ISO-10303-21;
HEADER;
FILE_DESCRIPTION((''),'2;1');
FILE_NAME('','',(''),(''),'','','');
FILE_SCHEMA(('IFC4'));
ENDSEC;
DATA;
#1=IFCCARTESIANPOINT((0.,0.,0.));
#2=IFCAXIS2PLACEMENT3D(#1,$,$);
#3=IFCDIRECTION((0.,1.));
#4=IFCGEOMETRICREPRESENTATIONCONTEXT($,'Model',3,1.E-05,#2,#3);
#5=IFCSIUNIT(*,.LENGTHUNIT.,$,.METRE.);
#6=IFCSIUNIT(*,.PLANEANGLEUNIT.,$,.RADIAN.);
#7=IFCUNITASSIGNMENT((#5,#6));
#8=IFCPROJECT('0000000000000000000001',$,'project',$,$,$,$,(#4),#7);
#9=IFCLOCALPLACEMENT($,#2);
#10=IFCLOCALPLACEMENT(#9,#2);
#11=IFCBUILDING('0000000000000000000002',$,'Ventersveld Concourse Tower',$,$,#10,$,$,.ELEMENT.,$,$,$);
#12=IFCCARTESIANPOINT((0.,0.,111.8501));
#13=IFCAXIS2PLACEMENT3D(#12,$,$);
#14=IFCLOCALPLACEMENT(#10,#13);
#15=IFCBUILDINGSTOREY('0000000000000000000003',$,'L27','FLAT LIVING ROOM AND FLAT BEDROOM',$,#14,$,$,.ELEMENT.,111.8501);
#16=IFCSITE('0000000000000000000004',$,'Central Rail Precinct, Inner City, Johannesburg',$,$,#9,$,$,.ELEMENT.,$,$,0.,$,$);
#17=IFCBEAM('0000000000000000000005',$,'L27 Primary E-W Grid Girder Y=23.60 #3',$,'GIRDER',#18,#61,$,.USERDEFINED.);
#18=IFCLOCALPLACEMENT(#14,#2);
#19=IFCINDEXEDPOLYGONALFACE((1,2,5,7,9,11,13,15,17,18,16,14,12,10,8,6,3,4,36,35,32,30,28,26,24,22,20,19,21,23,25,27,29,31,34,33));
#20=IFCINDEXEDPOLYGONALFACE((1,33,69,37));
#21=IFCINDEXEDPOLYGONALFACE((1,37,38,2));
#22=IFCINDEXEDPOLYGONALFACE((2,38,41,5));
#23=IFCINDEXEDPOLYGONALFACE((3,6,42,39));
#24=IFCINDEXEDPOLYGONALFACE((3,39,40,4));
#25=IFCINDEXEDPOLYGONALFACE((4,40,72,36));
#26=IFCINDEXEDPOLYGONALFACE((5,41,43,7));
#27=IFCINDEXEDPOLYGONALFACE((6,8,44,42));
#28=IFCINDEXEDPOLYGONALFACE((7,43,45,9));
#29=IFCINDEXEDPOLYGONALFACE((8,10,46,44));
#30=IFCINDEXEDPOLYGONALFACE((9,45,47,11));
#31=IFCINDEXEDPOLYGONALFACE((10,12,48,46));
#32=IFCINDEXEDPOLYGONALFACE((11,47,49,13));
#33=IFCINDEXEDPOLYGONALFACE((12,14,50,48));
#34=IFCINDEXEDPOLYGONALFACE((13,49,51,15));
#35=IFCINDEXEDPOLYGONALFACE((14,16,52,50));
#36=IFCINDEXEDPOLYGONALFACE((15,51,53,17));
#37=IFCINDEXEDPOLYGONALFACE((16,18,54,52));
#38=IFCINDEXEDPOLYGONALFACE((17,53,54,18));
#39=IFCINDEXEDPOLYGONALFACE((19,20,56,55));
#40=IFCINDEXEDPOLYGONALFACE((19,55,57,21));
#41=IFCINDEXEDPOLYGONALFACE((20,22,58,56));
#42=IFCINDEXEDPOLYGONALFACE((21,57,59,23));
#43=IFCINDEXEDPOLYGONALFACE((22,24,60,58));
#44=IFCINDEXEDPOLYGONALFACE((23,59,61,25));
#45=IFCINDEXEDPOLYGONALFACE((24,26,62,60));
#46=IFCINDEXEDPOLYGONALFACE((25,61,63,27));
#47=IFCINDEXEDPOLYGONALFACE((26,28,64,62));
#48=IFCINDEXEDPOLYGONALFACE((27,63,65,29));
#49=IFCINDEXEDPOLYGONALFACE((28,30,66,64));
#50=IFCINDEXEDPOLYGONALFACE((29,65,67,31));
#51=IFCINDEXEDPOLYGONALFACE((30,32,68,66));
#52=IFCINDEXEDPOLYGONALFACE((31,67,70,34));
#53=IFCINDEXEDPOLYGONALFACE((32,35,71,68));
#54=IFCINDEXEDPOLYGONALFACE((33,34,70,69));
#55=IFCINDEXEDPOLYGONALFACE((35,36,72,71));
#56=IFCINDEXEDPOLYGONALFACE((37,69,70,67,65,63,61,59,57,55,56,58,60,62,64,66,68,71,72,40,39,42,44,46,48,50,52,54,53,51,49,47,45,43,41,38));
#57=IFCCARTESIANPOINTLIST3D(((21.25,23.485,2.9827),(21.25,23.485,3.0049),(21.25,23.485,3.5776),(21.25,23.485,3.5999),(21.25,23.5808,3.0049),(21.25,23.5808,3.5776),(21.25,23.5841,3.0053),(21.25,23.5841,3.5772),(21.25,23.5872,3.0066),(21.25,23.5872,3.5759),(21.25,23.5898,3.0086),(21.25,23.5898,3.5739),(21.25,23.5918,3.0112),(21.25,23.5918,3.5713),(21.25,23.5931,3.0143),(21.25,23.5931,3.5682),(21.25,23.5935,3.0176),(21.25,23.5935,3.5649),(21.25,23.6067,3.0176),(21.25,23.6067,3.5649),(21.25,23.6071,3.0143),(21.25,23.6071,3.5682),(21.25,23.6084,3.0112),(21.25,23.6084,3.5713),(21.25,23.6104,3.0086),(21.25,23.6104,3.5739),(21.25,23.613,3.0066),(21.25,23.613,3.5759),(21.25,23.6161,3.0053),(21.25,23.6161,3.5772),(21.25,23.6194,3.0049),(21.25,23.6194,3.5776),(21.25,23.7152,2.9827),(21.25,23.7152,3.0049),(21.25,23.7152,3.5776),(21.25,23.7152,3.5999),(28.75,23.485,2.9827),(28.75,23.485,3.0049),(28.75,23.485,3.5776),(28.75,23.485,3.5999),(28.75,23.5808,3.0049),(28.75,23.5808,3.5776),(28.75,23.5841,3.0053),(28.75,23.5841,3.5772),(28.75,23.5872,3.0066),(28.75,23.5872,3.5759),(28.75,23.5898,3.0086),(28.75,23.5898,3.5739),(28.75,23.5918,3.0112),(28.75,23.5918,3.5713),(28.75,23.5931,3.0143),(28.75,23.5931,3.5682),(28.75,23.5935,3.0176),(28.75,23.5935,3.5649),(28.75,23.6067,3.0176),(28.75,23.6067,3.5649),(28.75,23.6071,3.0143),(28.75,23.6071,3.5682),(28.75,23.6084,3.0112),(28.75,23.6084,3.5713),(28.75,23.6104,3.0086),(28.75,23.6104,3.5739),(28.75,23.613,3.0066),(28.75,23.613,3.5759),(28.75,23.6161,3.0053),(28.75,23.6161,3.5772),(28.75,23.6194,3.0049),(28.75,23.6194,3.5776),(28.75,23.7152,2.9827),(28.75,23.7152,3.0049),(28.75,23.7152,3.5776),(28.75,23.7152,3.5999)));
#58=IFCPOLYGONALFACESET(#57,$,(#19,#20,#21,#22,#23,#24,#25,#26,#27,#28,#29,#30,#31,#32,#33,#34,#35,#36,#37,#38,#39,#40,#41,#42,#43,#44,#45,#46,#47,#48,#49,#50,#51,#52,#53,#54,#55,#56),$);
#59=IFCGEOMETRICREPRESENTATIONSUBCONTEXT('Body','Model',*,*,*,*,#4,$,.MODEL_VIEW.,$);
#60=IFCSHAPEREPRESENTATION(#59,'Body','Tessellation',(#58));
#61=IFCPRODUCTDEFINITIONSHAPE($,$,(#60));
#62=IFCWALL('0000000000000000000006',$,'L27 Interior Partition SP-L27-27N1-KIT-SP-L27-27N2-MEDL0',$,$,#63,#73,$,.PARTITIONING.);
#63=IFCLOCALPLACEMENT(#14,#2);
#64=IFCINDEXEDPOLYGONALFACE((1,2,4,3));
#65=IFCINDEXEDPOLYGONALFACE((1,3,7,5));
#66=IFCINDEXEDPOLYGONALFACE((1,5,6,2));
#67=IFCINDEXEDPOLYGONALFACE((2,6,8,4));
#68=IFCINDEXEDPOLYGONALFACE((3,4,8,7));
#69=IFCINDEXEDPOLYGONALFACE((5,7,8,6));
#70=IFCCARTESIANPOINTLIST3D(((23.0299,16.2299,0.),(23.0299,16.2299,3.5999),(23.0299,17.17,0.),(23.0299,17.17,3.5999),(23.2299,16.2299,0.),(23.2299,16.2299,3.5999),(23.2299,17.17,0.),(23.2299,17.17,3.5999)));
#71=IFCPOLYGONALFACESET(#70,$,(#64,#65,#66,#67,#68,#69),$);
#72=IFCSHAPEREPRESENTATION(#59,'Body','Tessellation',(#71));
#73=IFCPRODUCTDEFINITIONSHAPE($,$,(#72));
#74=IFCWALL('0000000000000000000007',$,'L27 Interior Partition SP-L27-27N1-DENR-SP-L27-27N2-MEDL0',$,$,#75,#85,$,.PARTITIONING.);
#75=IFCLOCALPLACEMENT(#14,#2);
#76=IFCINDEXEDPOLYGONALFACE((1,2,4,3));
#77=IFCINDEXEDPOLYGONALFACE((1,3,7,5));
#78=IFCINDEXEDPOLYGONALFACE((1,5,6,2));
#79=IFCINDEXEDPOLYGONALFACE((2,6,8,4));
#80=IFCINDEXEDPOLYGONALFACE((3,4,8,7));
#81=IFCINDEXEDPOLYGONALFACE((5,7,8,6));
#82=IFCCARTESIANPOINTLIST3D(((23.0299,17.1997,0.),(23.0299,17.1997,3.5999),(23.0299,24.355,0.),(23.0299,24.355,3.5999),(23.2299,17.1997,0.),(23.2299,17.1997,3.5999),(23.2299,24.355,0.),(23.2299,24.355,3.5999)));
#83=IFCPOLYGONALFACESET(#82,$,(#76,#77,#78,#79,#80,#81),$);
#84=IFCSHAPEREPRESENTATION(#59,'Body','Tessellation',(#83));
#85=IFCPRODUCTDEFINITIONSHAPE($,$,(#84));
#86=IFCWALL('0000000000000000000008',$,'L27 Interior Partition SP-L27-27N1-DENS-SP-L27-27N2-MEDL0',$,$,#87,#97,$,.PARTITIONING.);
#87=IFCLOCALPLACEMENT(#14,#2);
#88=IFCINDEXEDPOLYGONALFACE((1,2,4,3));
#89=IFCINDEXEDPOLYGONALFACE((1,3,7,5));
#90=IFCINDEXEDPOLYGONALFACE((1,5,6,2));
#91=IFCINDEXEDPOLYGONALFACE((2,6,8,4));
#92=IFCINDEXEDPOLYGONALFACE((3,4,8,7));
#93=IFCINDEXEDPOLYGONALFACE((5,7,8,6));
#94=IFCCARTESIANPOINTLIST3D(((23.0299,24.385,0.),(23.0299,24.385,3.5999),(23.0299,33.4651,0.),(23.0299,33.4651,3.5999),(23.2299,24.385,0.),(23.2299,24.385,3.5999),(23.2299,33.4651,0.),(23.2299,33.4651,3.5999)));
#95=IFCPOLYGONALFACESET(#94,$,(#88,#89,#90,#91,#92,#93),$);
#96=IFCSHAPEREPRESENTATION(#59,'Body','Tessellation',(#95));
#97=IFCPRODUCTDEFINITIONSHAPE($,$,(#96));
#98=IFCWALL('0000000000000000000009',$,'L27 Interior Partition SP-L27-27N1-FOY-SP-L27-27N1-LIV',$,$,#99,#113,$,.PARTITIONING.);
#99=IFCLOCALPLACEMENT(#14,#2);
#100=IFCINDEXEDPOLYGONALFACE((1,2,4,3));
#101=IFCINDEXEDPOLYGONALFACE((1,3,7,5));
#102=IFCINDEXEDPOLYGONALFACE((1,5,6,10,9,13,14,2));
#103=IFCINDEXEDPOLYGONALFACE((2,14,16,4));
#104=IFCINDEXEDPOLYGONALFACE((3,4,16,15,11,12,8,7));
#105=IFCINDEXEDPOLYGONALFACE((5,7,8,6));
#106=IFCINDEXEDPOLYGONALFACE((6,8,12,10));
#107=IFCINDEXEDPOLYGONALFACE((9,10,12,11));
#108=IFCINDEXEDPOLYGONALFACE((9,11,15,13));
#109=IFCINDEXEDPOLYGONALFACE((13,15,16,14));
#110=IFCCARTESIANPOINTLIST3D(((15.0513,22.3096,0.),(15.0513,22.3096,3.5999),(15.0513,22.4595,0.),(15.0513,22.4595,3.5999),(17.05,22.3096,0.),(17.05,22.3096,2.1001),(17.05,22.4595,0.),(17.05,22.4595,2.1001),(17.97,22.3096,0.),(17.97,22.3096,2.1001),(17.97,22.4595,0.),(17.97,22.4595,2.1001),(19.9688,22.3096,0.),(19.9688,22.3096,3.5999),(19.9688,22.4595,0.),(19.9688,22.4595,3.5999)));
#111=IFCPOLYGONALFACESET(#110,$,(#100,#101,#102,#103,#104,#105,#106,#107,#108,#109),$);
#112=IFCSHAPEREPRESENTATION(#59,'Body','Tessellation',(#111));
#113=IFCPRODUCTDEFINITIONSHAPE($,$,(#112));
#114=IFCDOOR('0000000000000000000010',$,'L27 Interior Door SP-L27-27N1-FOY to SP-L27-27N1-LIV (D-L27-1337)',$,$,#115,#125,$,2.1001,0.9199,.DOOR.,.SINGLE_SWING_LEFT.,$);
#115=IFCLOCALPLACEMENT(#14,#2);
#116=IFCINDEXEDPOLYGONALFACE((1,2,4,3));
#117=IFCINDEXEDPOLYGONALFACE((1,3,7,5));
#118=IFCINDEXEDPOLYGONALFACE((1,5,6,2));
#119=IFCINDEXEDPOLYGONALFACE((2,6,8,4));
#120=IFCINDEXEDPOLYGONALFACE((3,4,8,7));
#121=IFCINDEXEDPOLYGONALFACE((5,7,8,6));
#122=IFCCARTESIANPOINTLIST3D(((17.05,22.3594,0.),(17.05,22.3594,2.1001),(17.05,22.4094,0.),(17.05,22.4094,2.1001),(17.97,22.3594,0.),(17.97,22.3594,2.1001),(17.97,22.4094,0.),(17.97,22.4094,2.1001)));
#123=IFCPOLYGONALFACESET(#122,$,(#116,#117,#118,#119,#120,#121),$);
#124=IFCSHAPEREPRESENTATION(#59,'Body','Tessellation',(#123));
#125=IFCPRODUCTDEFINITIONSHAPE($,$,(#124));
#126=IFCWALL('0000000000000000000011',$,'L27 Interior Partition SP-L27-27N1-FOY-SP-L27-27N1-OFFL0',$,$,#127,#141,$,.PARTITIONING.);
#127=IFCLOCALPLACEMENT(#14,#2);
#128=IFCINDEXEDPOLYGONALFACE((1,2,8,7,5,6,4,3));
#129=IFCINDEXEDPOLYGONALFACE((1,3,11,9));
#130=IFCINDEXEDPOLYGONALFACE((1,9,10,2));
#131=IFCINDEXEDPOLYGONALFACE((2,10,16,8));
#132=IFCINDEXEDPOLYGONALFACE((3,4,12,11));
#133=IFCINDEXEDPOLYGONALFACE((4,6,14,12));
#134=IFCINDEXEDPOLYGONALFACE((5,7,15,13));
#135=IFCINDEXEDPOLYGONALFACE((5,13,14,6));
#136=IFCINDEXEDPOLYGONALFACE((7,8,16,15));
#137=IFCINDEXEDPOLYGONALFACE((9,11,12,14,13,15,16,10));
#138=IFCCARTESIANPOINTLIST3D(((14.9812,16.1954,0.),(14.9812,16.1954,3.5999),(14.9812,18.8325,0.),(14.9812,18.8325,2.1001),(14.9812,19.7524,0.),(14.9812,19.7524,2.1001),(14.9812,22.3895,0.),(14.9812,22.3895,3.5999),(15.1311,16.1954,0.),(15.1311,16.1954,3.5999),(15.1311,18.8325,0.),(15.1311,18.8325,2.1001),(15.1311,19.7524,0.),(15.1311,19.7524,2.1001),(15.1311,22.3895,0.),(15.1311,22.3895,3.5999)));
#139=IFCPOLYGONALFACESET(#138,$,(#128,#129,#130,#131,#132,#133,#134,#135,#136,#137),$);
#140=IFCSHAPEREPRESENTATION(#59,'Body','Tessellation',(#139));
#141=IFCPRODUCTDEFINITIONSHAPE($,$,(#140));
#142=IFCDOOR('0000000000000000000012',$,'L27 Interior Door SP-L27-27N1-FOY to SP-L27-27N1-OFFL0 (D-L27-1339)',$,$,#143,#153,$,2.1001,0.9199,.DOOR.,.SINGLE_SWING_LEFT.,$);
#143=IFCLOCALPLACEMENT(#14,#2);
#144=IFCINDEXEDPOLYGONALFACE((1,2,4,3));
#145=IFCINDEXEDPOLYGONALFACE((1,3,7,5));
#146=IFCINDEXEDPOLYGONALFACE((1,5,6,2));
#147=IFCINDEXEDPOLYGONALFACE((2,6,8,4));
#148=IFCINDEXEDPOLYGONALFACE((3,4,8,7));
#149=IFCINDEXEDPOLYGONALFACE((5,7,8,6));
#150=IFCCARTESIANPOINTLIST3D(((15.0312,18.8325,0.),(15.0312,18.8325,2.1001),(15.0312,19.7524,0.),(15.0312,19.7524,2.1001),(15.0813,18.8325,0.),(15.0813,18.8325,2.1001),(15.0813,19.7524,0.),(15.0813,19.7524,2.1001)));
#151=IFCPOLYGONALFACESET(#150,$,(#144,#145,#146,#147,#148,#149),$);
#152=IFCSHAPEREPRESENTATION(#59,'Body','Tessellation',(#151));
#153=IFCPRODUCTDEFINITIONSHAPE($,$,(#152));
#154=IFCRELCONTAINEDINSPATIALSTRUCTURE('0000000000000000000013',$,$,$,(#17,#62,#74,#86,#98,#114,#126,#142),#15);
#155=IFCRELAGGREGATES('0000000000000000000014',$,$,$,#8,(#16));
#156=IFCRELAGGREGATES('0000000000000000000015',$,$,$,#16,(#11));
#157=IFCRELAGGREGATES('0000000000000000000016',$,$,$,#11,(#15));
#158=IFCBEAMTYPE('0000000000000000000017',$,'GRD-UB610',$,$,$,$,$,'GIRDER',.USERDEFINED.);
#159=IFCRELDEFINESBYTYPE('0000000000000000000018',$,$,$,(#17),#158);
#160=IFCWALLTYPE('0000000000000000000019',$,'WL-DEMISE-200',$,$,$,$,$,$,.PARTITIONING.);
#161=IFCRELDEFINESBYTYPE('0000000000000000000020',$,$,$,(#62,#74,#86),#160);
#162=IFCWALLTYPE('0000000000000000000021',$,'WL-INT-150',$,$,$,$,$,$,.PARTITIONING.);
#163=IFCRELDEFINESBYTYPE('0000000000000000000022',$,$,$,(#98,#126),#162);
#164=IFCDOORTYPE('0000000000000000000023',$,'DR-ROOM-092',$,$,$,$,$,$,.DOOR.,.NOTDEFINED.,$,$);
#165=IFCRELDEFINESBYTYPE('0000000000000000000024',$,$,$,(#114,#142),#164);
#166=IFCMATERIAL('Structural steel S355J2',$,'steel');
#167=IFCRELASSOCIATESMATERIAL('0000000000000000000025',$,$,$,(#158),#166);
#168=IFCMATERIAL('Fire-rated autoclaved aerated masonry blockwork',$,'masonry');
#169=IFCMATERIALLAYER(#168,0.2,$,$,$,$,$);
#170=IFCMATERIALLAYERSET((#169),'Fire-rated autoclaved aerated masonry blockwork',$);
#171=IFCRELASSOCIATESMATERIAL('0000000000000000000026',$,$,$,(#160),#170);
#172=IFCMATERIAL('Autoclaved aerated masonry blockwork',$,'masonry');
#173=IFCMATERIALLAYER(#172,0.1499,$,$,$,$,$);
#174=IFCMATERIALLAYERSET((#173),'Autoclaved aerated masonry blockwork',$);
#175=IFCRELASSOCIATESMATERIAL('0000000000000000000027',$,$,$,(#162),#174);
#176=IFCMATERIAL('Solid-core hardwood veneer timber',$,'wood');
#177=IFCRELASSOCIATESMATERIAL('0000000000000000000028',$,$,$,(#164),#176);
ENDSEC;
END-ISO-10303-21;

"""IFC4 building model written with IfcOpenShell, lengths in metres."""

from ifc_helpers import new_model, si_unit, direction, frame, frame_2d, origin, origin_2d, place, context, subcontext, project, spatial, rectangle, i_section, extrude, material, layer, layer_set, material_profile, profile_set, type_object, element, fill, save


model = new_model("IFC4")

# Units and contexts
model_context = context("Model", 3, precision=1e-05, world=origin(), true_north=direction((0.0, 1.0)))
body_context = subcontext(model_context, "Body", "Model", "MODEL_VIEW")
ifc_project = project(units=[si_unit("LENGTHUNIT", "METRE"), si_unit("PLANEANGLEUNIT", "RADIAN")], contexts=[model_context])

# Site, building, storey
site_placement = place(None, origin())
site = spatial("IfcSite", under=ifc_project, at=site_placement, Name="Central Rail Precinct, Inner City, Johannesburg", CompositionType="ELEMENT", RefElevation=0.0)
building_placement = place(site_placement, origin())
building = spatial("IfcBuilding", under=site, at=building_placement, Name="Ventersveld Concourse Tower", CompositionType="ELEMENT")
storey_placement = place(building_placement, frame((0.0, 0.0, 111.8501)))
storey = spatial("IfcBuildingStorey", under=building, at=storey_placement, Name="L27", Description="FLAT LIVING ROOM AND FLAT BEDROOM", CompositionType="ELEMENT", Elevation=111.8501)

# Beam
ifc_material_1 = material(Name="Structural steel S355J2", Category="steel")
ifc_material_profile_1 = material_profile(ifc_material_1, i_section(OverallWidth=0.2302, OverallDepth=0.6172, WebThickness=0.0132, FlangeThickness=0.0222, FilletRadius=0.0127, at=origin_2d()), Name="UB 610x229x140")
ifc_profile_set_1 = profile_set([ifc_material_profile_1], Name="Structural steel S355J2")
beam_type_1 = type_object("IfcBeamType", Name="GRD-UB610", ElementType="GIRDER", PredefinedType="USERDEFINED", material=ifc_profile_set_1)
for number, where, z_axis, x_axis, name in (
    (1, (21.25, 23.6001, 3.2913), (1.0, 0.0, 0.0), (0.0, 1.0, 0.0), "L27 Primary E-W Grid Girder Y=23.60 #3"),
):
    element("IfcBeam", number, at=place(storey_placement, frame(where, z_axis=z_axis, x_axis=x_axis)), inside=storey, type_object=beam_type_1, Name=name, ObjectType="GIRDER", PredefinedType="USERDEFINED", context=body_context, shape_type="SweptSolid", body=[
        extrude(i_section(OverallWidth=0.2302, OverallDepth=0.6172, WebThickness=0.0132, FlangeThickness=0.0222, FilletRadius=0.0127, at=origin_2d()), origin(), (0.0, 0.0, 1.0), 7.5),
    ])

# Shared definitions
ifc_material_2 = material(Name="Fire-rated autoclaved aerated masonry blockwork", Category="masonry")
ifc_material_3 = material(Name="Solid-core hardwood veneer timber", Category="wood")

# Walls
ifc_layer_1 = layer(ifc_material_2, 0.2)
ifc_layer_set_1 = layer_set([ifc_layer_1], Name="Fire-rated autoclaved aerated masonry blockwork")
wall_type_1 = type_object("IfcWallType", Name="WL-DEMISE-200", PredefinedType="PARTITIONING", material=ifc_layer_set_1)
wall_1_placement = place(storey_placement, frame((23.1299, 16.2297, 0.0), z_axis=(0.0, 0.0, 1.0), x_axis=(0.0, 1.0, 0.0)))
element("IfcWall", 2, at=wall_1_placement, inside=storey, type_object=wall_type_1, Name="L27 Interior Partition SP-L27-27N1-KIT-SP-L27-27N2-MEDL0", PredefinedType="PARTITIONING", context=body_context, shape_type="SweptSolid", body=[
    extrude(rectangle(XDim=0.9402, YDim=0.2, at=frame_2d((0.4702, 0.0))), origin(), (0.0, 0.0, 1.0), 3.5999),
])
wall_2_placement = place(storey_placement, frame((23.1299, 17.1997, 0.0), z_axis=(0.0, 0.0, 1.0), x_axis=(0.0, 1.0, 0.0)))
element("IfcWall", 3, at=wall_2_placement, inside=storey, type_object=wall_type_1, Name="L27 Interior Partition SP-L27-27N1-DENR-SP-L27-27N2-MEDL0", PredefinedType="PARTITIONING", context=body_context, shape_type="SweptSolid", body=[
    extrude(rectangle(XDim=7.1553, YDim=0.2, at=frame_2d((3.5776, 0.0))), origin(), (0.0, 0.0, 1.0), 3.5999),
])
wall_3_placement = place(storey_placement, frame((23.1299, 24.385, 0.0), z_axis=(0.0, 0.0, 1.0), x_axis=(0.0, 1.0, 0.0)))
element("IfcWall", 4, at=wall_3_placement, inside=storey, type_object=wall_type_1, Name="L27 Interior Partition SP-L27-27N1-DENS-SP-L27-27N2-MEDL0", PredefinedType="PARTITIONING", context=body_context, shape_type="SweptSolid", body=[
    extrude(rectangle(XDim=9.0801, YDim=0.2, at=frame_2d((4.54, 0.0))), origin(), (0.0, 0.0, 1.0), 3.5999),
])

# Walls, openings, doors
ifc_material_4 = material(Name="Autoclaved aerated masonry blockwork", Category="masonry")
ifc_layer_2 = layer(ifc_material_4, 0.1499)
ifc_layer_set_2 = layer_set([ifc_layer_2], Name="Autoclaved aerated masonry blockwork")
wall_type_2 = type_object("IfcWallType", Name="WL-INT-150", PredefinedType="PARTITIONING", material=ifc_layer_set_2)
wall_4_placement = place(storey_placement, frame((15.0513, 22.3845, 0.0), z_axis=(0.0, 0.0, 1.0), x_axis=(1.0, 0.0, 0.0)))
wall_4 = element("IfcWall", 5, at=wall_4_placement, inside=storey, type_object=wall_type_2, Name="L27 Interior Partition SP-L27-27N1-FOY-SP-L27-27N1-LIV", PredefinedType="PARTITIONING", context=body_context, shape_type="SweptSolid", body=[
    extrude(rectangle(XDim=4.9175, YDim=0.1499, at=frame_2d((2.4587, 0.0))), origin(), (0.0, 0.0, 1.0), 3.5999),
])
opening_1_placement = place(wall_4_placement, frame((1.9988, 0.0, 0.0)))
opening_1 = element("IfcOpeningElement", 6, at=opening_1_placement, cuts=wall_4, PredefinedType="OPENING", context=body_context, shape_type="SweptSolid", body=[
    extrude(rectangle(XDim=0.9199, YDim=2.1001, at=frame_2d((0.46, 1.05))), frame((0.0, 0.085, 0.0), z_axis=(0.0, -1.0, 0.0), x_axis=(1.0, 0.0, 0.0)), (0.0, 0.0, 1.0), 0.1699),
])
door_type_1 = type_object("IfcDoorType", Name="DR-ROOM-092", OperationType="NOTDEFINED", PredefinedType="DOOR", material=ifc_material_3)
door_1_placement = place(opening_1_placement, origin())
door_1 = element("IfcDoor", 7, at=door_1_placement, inside=storey, type_object=door_type_1, Name="L27 Interior Door SP-L27-27N1-FOY to SP-L27-27N1-LIV (D-L27-1337)", OperationType="SINGLE_SWING_LEFT", OverallHeight=2.1001, OverallWidth=0.9199, PredefinedType="DOOR", context=body_context, shape_type="SweptSolid", body=[
    extrude(rectangle(XDim=0.9199, YDim=2.1001, at=frame_2d((0.46, 1.05))), frame((0.0, 0.0249, 0.0), z_axis=(0.0, -1.0, 0.0), x_axis=(1.0, 0.0, 0.0)), (0.0, 0.0, 1.0), 0.05),
])
fill(opening_1, door_1)
wall_5_placement = place(storey_placement, frame((15.0562, 16.1953, 0.0), z_axis=(0.0, 0.0, 1.0), x_axis=(0.0, 1.0, 0.0)))
wall_5 = element("IfcWall", 8, at=wall_5_placement, inside=storey, type_object=wall_type_2, Name="L27 Interior Partition SP-L27-27N1-FOY-SP-L27-27N1-OFFL0", PredefinedType="PARTITIONING", context=body_context, shape_type="SweptSolid", body=[
    extrude(rectangle(XDim=6.1941, YDim=0.1499, at=frame_2d((3.0972, 0.0))), origin(), (0.0, 0.0, 1.0), 3.5999),
])
opening_2_placement = place(wall_5_placement, frame((2.6372, 0.0, 0.0)))
opening_2 = element("IfcOpeningElement", 9, at=opening_2_placement, cuts=wall_5, PredefinedType="OPENING", context=body_context, shape_type="SweptSolid", body=[
    extrude(rectangle(XDim=0.9199, YDim=2.1001, at=frame_2d((0.46, 1.05))), frame((0.0, 0.085, 0.0), z_axis=(0.0, -1.0, 0.0), x_axis=(1.0, 0.0, 0.0)), (0.0, 0.0, 1.0), 0.1699),
])
door_2_placement = place(opening_2_placement, origin())
door_2 = element("IfcDoor", 10, at=door_2_placement, inside=storey, type_object=door_type_1, Name="L27 Interior Door SP-L27-27N1-FOY to SP-L27-27N1-OFFL0 (D-L27-1339)", OperationType="SINGLE_SWING_LEFT", OverallHeight=2.1001, OverallWidth=0.9199, PredefinedType="DOOR", context=body_context, shape_type="SweptSolid", body=[
    extrude(rectangle(XDim=0.9199, YDim=2.1001, at=frame_2d((0.46, 1.05))), frame((0.0, 0.0249, 0.0), z_axis=(0.0, -1.0, 0.0), x_axis=(1.0, 0.0, 0.0)), (0.0, 0.0, 1.0), 0.05),
])
fill(opening_2, door_2)

save(model, "model.ifc")
